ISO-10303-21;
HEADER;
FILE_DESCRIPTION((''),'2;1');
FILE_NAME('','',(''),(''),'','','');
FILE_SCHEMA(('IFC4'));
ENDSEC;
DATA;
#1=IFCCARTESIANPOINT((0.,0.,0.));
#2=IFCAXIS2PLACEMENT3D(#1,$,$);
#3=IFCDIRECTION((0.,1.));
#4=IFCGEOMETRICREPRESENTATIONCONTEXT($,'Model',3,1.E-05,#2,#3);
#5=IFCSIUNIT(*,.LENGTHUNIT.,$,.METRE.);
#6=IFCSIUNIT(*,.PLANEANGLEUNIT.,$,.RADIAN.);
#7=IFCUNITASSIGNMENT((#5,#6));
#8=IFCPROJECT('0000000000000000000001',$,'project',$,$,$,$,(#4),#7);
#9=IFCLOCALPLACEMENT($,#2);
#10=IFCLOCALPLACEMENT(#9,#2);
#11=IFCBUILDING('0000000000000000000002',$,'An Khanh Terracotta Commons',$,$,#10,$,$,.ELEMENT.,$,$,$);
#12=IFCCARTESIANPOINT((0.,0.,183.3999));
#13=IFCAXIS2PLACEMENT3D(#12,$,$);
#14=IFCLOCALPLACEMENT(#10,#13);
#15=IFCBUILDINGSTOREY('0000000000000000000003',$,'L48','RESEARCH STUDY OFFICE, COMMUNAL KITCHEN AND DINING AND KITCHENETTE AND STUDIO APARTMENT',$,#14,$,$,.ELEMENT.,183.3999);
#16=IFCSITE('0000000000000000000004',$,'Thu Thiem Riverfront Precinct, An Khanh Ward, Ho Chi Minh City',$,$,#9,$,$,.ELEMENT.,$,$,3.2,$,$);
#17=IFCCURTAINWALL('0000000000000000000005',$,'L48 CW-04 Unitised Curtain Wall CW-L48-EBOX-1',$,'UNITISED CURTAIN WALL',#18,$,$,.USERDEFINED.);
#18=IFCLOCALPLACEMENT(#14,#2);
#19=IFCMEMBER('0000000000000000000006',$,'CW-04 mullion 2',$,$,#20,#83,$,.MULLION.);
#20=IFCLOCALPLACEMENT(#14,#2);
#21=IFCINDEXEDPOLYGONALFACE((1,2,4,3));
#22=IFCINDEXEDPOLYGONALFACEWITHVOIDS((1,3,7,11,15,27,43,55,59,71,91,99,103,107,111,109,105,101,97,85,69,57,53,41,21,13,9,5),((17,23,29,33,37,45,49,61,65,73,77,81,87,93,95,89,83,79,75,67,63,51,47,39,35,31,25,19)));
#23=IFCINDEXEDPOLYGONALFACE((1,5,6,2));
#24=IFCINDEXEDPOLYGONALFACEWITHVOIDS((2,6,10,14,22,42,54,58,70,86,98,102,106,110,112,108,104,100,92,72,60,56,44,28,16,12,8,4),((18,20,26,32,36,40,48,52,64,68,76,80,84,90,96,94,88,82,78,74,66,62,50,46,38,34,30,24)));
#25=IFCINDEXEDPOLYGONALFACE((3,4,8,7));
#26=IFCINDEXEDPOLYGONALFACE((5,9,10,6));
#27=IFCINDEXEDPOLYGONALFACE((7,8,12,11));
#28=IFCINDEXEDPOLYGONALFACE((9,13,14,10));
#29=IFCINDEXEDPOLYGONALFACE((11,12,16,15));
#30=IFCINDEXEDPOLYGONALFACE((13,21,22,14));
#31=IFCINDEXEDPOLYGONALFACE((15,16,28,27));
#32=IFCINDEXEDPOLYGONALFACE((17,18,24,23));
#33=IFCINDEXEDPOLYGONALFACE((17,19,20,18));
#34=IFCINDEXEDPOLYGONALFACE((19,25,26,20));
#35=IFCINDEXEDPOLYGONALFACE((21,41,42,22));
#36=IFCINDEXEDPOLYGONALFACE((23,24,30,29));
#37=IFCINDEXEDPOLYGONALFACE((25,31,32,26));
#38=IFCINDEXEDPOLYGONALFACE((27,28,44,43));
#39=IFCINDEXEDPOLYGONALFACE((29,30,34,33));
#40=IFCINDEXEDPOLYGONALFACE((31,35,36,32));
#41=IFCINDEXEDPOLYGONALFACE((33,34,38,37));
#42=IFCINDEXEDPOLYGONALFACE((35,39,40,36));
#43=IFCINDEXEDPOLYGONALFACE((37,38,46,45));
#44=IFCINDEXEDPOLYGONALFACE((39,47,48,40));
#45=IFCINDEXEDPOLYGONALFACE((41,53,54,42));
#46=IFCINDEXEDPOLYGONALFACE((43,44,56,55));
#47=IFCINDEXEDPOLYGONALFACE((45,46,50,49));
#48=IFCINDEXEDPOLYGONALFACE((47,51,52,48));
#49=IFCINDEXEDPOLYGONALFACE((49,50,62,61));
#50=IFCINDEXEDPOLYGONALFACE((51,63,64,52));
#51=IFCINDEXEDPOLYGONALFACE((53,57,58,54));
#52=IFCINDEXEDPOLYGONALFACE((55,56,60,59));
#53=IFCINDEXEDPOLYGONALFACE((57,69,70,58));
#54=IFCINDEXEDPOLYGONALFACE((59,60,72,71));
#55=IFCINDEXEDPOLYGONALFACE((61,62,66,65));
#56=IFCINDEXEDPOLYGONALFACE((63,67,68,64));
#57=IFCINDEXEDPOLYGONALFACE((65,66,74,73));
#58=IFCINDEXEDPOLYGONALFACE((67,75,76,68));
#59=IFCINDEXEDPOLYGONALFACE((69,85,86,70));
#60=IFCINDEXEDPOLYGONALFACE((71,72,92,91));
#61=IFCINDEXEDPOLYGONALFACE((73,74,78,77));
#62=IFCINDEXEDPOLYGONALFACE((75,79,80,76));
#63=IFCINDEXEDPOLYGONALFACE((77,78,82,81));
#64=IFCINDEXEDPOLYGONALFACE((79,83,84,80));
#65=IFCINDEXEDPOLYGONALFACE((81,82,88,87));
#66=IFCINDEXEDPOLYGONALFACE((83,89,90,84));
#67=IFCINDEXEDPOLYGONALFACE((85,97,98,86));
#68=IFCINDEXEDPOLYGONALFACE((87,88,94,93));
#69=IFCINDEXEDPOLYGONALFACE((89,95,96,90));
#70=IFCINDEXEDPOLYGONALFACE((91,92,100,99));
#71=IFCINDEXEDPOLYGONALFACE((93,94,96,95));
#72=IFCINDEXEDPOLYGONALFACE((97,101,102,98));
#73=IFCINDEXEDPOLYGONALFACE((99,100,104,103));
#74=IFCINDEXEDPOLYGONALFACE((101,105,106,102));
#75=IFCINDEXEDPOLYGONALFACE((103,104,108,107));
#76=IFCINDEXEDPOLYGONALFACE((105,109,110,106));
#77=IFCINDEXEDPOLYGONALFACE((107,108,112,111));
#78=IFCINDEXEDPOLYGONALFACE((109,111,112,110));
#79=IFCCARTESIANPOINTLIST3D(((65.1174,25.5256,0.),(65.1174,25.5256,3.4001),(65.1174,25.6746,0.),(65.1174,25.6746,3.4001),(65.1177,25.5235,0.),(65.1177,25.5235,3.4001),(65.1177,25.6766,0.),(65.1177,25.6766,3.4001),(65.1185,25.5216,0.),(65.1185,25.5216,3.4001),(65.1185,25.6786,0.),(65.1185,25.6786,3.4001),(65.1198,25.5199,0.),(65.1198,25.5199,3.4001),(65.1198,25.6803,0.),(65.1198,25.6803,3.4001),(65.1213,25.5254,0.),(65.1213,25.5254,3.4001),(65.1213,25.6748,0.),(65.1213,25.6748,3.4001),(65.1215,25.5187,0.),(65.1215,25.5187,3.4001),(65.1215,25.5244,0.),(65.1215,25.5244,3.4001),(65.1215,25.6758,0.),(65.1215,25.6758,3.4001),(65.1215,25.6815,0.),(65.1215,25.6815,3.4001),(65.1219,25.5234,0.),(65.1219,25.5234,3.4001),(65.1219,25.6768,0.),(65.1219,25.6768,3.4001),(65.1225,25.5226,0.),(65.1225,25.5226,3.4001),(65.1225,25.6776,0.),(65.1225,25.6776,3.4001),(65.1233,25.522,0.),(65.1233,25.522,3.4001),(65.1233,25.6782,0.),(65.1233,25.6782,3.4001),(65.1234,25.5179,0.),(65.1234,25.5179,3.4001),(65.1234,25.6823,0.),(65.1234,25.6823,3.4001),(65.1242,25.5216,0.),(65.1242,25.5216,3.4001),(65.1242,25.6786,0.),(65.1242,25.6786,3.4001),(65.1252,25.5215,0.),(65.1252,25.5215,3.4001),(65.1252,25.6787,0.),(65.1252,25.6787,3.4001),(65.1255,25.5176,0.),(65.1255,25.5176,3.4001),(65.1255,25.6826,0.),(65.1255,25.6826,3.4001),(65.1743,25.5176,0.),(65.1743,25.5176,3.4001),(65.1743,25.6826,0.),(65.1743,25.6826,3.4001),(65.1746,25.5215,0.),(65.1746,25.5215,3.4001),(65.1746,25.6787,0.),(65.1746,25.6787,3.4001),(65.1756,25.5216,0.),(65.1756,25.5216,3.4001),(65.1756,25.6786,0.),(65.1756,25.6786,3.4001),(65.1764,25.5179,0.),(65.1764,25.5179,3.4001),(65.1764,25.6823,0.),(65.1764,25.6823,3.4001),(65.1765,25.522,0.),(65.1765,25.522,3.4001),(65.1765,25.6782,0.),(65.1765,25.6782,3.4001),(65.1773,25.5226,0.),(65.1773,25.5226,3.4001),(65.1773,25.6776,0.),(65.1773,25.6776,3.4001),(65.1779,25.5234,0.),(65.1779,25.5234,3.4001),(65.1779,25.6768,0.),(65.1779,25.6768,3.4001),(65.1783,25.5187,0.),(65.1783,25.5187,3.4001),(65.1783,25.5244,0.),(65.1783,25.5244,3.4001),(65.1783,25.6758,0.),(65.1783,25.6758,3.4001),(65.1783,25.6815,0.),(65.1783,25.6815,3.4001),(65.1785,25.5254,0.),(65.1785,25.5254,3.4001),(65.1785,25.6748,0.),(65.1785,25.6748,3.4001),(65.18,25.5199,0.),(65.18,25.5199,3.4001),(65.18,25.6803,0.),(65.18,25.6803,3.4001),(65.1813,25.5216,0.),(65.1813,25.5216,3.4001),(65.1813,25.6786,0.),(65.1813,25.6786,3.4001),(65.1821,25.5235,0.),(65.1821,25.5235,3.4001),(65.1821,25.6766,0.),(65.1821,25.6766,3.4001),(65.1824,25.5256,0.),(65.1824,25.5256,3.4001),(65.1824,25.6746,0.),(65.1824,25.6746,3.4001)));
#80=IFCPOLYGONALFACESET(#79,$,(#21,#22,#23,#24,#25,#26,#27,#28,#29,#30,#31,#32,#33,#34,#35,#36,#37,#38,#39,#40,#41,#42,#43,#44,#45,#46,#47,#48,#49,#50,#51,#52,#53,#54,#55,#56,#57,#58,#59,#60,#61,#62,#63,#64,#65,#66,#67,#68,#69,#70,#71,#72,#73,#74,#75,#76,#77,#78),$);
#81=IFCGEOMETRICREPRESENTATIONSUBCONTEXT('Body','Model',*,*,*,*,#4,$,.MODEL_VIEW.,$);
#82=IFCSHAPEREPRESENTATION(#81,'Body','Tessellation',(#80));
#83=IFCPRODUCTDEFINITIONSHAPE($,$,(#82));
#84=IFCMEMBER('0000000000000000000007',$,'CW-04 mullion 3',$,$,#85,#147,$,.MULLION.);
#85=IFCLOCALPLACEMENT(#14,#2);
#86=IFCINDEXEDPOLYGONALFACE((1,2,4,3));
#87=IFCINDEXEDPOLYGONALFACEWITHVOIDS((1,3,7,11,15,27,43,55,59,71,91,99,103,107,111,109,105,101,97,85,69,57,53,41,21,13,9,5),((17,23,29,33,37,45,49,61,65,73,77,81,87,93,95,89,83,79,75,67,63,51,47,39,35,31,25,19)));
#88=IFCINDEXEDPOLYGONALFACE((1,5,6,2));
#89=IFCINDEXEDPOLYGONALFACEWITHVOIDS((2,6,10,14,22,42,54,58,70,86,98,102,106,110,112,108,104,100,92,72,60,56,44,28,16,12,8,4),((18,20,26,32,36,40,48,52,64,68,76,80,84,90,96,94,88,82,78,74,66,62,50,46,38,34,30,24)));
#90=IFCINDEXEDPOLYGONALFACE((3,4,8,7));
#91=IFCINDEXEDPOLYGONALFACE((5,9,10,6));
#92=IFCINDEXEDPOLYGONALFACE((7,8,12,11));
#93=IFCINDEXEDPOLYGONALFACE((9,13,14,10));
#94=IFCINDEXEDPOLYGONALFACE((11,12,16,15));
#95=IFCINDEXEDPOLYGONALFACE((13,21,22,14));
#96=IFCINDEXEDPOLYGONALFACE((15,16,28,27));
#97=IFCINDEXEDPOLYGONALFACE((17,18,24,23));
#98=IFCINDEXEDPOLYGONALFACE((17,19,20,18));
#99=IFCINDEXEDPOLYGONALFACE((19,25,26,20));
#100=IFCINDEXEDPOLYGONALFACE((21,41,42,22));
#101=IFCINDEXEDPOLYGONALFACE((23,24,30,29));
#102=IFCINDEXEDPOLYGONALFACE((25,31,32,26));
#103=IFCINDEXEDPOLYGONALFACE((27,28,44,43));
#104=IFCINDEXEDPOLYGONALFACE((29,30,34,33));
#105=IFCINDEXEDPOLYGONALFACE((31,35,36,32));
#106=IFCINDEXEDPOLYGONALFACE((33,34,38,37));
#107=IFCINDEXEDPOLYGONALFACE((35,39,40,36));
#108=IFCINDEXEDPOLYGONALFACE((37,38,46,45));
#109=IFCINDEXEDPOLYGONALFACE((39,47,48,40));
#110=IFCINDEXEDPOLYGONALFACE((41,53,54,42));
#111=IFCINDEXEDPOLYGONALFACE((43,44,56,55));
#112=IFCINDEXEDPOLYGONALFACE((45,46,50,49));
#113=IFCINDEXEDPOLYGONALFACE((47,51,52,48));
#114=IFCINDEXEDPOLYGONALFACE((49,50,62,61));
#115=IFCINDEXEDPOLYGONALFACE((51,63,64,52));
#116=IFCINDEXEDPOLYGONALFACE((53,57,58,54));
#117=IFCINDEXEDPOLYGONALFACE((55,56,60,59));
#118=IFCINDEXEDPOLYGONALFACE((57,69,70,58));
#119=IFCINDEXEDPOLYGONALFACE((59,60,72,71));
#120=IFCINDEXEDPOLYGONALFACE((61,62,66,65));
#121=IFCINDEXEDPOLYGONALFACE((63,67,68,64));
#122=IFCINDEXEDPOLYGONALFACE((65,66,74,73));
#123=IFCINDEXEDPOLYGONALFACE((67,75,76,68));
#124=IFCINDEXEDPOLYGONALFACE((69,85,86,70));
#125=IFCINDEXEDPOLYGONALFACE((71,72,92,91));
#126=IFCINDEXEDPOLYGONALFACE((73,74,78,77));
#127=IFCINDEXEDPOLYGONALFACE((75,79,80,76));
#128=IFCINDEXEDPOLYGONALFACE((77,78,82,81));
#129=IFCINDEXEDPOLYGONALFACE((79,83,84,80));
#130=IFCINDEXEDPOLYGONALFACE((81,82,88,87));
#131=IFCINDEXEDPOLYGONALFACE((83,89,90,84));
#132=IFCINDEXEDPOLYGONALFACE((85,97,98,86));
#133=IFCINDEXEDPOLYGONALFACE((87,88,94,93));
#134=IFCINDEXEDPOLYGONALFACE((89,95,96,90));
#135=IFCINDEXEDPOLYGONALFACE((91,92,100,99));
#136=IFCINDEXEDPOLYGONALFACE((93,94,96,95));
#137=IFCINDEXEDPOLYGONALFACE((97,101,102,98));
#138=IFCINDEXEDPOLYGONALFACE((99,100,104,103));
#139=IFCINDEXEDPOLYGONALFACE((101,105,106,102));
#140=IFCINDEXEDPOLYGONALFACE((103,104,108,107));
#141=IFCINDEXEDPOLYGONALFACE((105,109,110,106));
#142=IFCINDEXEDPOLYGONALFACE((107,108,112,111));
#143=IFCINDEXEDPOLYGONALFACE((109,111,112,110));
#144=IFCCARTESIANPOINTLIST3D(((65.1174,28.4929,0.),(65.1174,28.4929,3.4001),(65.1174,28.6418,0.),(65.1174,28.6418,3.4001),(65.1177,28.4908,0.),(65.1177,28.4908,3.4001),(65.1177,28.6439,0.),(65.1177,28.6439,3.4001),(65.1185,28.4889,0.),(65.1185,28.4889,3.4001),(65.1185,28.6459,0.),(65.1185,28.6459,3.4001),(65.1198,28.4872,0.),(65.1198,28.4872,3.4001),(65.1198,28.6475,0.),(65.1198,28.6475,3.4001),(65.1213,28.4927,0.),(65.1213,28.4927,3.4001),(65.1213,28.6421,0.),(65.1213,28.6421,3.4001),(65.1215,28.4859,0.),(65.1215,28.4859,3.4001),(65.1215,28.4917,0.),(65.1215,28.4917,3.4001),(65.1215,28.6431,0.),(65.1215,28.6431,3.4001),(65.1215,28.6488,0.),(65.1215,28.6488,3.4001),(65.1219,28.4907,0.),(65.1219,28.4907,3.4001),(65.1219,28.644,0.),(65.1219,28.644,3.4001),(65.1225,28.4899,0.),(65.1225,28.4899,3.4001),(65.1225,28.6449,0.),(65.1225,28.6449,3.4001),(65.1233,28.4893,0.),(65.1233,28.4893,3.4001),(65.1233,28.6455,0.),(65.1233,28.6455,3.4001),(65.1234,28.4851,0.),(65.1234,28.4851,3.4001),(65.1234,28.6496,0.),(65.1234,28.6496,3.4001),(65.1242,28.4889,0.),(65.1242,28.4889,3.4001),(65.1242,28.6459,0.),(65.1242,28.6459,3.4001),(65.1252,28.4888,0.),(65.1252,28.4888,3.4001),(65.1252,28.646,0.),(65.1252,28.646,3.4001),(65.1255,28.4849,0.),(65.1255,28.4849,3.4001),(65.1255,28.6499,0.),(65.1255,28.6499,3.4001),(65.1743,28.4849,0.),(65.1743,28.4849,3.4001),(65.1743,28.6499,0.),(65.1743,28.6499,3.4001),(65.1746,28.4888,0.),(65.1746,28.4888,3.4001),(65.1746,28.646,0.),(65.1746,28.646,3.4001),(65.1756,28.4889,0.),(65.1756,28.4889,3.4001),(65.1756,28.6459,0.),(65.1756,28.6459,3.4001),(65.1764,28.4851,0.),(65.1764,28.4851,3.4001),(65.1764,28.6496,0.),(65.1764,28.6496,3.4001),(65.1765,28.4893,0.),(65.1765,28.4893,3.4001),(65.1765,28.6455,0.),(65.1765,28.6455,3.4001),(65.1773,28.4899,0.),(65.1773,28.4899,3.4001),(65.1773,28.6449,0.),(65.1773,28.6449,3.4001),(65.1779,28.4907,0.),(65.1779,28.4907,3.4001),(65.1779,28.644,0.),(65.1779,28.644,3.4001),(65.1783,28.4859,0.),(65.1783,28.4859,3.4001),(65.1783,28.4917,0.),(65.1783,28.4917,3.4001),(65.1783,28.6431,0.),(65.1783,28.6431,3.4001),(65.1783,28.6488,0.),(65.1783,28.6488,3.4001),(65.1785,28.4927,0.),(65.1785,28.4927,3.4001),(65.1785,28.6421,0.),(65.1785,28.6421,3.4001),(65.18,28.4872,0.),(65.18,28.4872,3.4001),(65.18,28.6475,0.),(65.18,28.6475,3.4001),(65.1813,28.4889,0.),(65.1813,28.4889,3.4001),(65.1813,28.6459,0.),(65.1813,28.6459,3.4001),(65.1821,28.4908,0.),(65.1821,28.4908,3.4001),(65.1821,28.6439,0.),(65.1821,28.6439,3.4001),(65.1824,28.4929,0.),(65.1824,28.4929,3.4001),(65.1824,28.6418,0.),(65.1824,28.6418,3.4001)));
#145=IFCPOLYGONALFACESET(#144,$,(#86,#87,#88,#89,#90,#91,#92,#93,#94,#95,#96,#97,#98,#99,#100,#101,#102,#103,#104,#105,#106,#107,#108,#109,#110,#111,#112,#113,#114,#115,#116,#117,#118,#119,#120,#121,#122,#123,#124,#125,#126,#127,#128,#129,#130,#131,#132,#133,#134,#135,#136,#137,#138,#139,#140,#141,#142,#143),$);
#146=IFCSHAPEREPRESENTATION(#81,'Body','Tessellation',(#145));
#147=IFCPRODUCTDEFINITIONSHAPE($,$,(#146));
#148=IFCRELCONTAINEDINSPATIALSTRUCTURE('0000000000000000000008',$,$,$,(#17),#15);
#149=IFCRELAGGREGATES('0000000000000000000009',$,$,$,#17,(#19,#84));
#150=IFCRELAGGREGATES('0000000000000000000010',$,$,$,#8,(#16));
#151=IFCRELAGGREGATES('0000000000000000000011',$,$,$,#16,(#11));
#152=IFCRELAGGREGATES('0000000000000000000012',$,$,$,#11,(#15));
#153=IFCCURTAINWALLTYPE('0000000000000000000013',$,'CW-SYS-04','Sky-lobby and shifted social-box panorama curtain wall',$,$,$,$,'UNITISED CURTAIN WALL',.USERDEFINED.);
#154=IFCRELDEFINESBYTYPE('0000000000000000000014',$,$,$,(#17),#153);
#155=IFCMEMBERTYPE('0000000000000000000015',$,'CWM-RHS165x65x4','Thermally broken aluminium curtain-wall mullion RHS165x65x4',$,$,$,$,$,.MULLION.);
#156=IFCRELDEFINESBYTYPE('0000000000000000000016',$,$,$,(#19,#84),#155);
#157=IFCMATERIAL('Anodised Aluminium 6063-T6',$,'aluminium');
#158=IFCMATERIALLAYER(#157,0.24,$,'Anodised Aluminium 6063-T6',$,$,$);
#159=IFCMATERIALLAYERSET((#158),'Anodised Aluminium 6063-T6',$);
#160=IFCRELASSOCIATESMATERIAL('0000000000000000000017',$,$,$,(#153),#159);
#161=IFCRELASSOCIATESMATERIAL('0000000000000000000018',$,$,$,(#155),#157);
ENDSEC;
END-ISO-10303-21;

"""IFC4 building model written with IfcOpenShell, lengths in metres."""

from ifc_helpers import new_model, si_unit, direction, frame, origin, origin_2d, place, context, subcontext, project, spatial, hollow_rectangle, extrude, material, layer, layer_set, material_profile, profile_set, type_object, element, aggregate, save


model = new_model("IFC4")

# Units and contexts
model_context = context("Model", 3, precision=1e-05, world=origin(), true_north=direction((0.0, 1.0)))
body_context = subcontext(model_context, "Body", "Model", "MODEL_VIEW")
ifc_project = project(units=[si_unit("LENGTHUNIT", "METRE"), si_unit("PLANEANGLEUNIT", "RADIAN")], contexts=[model_context])

# Site, building, storey
site_placement = place(None, origin())
site = spatial("IfcSite", under=ifc_project, at=site_placement, Name="Thu Thiem Riverfront Precinct, An Khanh Ward, Ho Chi Minh City", CompositionType="ELEMENT", RefElevation=3.2)
building_placement = place(site_placement, origin())
building = spatial("IfcBuilding", under=site, at=building_placement, Name="An Khanh Terracotta Commons", CompositionType="ELEMENT")
storey_placement = place(building_placement, frame((0.0, 0.0, 183.3999)))
storey = spatial("IfcBuildingStorey", under=building, at=storey_placement, Name="L48", Description="RESEARCH STUDY OFFICE, COMMUNAL KITCHEN AND DINING AND KITCHENETTE AND STUDIO APARTMENT", CompositionType="ELEMENT", Elevation=183.3999)

# Curtain wall, members
ifc_material_1 = material(Name="Anodised Aluminium 6063-T6", Category="aluminium")
ifc_layer_1 = layer(ifc_material_1, 0.24, Name="Anodised Aluminium 6063-T6")
ifc_layer_set_1 = layer_set([ifc_layer_1], Name="Anodised Aluminium 6063-T6")
curtain_wall_type_1 = type_object("IfcCurtainWallType", Name="CW-SYS-04", Description="Sky-lobby and shifted social-box panorama curtain wall", ElementType="UNITISED CURTAIN WALL", PredefinedType="USERDEFINED", material=ifc_layer_set_1)
curtain_wall_1_placement = place(storey_placement, origin())
curtain_wall_1 = element("IfcCurtainWall", 1, at=curtain_wall_1_placement, inside=storey, type_object=curtain_wall_type_1, Name="L48 CW-04 Unitised Curtain Wall CW-L48-EBOX-1", ObjectType="UNITISED CURTAIN WALL", PredefinedType="USERDEFINED")
ifc_material_profile_1 = material_profile(ifc_material_1, hollow_rectangle(XDim=0.0649, YDim=0.165, WallThickness=0.0039, InnerFilletRadius=0.0039, OuterFilletRadius=0.0081, at=origin_2d()), Name="RHS165x65x4")
ifc_profile_set_1 = profile_set([ifc_material_profile_1], Name="Anodised Aluminium 6063-T6")
member_type_1 = type_object("IfcMemberType", Name="CWM-RHS165x65x4", Description="Thermally broken aluminium curtain-wall mullion RHS165x65x4", PredefinedType="MULLION", material=ifc_profile_set_1)
member_1_placement = place(storey_placement, frame((65.1499, 25.6001, 0.0), z_axis=(0.0, 0.0, 1.0), x_axis=(-1.0, 0.0, 0.0)))
member_1 = element("IfcMember", 2, at=member_1_placement, type_object=member_type_1, Name="CW-04 mullion 2", PredefinedType="MULLION", context=body_context, shape_type="SweptSolid", body=[
    extrude(hollow_rectangle(XDim=0.0649, YDim=0.165, WallThickness=0.0039, InnerFilletRadius=0.0039, OuterFilletRadius=0.0081, at=origin_2d()), origin(), (0.0, 0.0, 1.0), 3.4001),
])
member_2_placement = place(storey_placement, frame((65.1499, 28.5674, 0.0), z_axis=(0.0, 0.0, 1.0), x_axis=(-1.0, 0.0, 0.0)))
member_2 = element("IfcMember", 3, at=member_2_placement, type_object=member_type_1, Name="CW-04 mullion 3", PredefinedType="MULLION", context=body_context, shape_type="SweptSolid", body=[
    extrude(hollow_rectangle(XDim=0.0649, YDim=0.165, WallThickness=0.0039, InnerFilletRadius=0.0039, OuterFilletRadius=0.0081, at=origin_2d()), origin(), (0.0, 0.0, 1.0), 3.4001),
])

aggregate(curtain_wall_1, [member_1, member_2])

save(model, "model.ifc")
